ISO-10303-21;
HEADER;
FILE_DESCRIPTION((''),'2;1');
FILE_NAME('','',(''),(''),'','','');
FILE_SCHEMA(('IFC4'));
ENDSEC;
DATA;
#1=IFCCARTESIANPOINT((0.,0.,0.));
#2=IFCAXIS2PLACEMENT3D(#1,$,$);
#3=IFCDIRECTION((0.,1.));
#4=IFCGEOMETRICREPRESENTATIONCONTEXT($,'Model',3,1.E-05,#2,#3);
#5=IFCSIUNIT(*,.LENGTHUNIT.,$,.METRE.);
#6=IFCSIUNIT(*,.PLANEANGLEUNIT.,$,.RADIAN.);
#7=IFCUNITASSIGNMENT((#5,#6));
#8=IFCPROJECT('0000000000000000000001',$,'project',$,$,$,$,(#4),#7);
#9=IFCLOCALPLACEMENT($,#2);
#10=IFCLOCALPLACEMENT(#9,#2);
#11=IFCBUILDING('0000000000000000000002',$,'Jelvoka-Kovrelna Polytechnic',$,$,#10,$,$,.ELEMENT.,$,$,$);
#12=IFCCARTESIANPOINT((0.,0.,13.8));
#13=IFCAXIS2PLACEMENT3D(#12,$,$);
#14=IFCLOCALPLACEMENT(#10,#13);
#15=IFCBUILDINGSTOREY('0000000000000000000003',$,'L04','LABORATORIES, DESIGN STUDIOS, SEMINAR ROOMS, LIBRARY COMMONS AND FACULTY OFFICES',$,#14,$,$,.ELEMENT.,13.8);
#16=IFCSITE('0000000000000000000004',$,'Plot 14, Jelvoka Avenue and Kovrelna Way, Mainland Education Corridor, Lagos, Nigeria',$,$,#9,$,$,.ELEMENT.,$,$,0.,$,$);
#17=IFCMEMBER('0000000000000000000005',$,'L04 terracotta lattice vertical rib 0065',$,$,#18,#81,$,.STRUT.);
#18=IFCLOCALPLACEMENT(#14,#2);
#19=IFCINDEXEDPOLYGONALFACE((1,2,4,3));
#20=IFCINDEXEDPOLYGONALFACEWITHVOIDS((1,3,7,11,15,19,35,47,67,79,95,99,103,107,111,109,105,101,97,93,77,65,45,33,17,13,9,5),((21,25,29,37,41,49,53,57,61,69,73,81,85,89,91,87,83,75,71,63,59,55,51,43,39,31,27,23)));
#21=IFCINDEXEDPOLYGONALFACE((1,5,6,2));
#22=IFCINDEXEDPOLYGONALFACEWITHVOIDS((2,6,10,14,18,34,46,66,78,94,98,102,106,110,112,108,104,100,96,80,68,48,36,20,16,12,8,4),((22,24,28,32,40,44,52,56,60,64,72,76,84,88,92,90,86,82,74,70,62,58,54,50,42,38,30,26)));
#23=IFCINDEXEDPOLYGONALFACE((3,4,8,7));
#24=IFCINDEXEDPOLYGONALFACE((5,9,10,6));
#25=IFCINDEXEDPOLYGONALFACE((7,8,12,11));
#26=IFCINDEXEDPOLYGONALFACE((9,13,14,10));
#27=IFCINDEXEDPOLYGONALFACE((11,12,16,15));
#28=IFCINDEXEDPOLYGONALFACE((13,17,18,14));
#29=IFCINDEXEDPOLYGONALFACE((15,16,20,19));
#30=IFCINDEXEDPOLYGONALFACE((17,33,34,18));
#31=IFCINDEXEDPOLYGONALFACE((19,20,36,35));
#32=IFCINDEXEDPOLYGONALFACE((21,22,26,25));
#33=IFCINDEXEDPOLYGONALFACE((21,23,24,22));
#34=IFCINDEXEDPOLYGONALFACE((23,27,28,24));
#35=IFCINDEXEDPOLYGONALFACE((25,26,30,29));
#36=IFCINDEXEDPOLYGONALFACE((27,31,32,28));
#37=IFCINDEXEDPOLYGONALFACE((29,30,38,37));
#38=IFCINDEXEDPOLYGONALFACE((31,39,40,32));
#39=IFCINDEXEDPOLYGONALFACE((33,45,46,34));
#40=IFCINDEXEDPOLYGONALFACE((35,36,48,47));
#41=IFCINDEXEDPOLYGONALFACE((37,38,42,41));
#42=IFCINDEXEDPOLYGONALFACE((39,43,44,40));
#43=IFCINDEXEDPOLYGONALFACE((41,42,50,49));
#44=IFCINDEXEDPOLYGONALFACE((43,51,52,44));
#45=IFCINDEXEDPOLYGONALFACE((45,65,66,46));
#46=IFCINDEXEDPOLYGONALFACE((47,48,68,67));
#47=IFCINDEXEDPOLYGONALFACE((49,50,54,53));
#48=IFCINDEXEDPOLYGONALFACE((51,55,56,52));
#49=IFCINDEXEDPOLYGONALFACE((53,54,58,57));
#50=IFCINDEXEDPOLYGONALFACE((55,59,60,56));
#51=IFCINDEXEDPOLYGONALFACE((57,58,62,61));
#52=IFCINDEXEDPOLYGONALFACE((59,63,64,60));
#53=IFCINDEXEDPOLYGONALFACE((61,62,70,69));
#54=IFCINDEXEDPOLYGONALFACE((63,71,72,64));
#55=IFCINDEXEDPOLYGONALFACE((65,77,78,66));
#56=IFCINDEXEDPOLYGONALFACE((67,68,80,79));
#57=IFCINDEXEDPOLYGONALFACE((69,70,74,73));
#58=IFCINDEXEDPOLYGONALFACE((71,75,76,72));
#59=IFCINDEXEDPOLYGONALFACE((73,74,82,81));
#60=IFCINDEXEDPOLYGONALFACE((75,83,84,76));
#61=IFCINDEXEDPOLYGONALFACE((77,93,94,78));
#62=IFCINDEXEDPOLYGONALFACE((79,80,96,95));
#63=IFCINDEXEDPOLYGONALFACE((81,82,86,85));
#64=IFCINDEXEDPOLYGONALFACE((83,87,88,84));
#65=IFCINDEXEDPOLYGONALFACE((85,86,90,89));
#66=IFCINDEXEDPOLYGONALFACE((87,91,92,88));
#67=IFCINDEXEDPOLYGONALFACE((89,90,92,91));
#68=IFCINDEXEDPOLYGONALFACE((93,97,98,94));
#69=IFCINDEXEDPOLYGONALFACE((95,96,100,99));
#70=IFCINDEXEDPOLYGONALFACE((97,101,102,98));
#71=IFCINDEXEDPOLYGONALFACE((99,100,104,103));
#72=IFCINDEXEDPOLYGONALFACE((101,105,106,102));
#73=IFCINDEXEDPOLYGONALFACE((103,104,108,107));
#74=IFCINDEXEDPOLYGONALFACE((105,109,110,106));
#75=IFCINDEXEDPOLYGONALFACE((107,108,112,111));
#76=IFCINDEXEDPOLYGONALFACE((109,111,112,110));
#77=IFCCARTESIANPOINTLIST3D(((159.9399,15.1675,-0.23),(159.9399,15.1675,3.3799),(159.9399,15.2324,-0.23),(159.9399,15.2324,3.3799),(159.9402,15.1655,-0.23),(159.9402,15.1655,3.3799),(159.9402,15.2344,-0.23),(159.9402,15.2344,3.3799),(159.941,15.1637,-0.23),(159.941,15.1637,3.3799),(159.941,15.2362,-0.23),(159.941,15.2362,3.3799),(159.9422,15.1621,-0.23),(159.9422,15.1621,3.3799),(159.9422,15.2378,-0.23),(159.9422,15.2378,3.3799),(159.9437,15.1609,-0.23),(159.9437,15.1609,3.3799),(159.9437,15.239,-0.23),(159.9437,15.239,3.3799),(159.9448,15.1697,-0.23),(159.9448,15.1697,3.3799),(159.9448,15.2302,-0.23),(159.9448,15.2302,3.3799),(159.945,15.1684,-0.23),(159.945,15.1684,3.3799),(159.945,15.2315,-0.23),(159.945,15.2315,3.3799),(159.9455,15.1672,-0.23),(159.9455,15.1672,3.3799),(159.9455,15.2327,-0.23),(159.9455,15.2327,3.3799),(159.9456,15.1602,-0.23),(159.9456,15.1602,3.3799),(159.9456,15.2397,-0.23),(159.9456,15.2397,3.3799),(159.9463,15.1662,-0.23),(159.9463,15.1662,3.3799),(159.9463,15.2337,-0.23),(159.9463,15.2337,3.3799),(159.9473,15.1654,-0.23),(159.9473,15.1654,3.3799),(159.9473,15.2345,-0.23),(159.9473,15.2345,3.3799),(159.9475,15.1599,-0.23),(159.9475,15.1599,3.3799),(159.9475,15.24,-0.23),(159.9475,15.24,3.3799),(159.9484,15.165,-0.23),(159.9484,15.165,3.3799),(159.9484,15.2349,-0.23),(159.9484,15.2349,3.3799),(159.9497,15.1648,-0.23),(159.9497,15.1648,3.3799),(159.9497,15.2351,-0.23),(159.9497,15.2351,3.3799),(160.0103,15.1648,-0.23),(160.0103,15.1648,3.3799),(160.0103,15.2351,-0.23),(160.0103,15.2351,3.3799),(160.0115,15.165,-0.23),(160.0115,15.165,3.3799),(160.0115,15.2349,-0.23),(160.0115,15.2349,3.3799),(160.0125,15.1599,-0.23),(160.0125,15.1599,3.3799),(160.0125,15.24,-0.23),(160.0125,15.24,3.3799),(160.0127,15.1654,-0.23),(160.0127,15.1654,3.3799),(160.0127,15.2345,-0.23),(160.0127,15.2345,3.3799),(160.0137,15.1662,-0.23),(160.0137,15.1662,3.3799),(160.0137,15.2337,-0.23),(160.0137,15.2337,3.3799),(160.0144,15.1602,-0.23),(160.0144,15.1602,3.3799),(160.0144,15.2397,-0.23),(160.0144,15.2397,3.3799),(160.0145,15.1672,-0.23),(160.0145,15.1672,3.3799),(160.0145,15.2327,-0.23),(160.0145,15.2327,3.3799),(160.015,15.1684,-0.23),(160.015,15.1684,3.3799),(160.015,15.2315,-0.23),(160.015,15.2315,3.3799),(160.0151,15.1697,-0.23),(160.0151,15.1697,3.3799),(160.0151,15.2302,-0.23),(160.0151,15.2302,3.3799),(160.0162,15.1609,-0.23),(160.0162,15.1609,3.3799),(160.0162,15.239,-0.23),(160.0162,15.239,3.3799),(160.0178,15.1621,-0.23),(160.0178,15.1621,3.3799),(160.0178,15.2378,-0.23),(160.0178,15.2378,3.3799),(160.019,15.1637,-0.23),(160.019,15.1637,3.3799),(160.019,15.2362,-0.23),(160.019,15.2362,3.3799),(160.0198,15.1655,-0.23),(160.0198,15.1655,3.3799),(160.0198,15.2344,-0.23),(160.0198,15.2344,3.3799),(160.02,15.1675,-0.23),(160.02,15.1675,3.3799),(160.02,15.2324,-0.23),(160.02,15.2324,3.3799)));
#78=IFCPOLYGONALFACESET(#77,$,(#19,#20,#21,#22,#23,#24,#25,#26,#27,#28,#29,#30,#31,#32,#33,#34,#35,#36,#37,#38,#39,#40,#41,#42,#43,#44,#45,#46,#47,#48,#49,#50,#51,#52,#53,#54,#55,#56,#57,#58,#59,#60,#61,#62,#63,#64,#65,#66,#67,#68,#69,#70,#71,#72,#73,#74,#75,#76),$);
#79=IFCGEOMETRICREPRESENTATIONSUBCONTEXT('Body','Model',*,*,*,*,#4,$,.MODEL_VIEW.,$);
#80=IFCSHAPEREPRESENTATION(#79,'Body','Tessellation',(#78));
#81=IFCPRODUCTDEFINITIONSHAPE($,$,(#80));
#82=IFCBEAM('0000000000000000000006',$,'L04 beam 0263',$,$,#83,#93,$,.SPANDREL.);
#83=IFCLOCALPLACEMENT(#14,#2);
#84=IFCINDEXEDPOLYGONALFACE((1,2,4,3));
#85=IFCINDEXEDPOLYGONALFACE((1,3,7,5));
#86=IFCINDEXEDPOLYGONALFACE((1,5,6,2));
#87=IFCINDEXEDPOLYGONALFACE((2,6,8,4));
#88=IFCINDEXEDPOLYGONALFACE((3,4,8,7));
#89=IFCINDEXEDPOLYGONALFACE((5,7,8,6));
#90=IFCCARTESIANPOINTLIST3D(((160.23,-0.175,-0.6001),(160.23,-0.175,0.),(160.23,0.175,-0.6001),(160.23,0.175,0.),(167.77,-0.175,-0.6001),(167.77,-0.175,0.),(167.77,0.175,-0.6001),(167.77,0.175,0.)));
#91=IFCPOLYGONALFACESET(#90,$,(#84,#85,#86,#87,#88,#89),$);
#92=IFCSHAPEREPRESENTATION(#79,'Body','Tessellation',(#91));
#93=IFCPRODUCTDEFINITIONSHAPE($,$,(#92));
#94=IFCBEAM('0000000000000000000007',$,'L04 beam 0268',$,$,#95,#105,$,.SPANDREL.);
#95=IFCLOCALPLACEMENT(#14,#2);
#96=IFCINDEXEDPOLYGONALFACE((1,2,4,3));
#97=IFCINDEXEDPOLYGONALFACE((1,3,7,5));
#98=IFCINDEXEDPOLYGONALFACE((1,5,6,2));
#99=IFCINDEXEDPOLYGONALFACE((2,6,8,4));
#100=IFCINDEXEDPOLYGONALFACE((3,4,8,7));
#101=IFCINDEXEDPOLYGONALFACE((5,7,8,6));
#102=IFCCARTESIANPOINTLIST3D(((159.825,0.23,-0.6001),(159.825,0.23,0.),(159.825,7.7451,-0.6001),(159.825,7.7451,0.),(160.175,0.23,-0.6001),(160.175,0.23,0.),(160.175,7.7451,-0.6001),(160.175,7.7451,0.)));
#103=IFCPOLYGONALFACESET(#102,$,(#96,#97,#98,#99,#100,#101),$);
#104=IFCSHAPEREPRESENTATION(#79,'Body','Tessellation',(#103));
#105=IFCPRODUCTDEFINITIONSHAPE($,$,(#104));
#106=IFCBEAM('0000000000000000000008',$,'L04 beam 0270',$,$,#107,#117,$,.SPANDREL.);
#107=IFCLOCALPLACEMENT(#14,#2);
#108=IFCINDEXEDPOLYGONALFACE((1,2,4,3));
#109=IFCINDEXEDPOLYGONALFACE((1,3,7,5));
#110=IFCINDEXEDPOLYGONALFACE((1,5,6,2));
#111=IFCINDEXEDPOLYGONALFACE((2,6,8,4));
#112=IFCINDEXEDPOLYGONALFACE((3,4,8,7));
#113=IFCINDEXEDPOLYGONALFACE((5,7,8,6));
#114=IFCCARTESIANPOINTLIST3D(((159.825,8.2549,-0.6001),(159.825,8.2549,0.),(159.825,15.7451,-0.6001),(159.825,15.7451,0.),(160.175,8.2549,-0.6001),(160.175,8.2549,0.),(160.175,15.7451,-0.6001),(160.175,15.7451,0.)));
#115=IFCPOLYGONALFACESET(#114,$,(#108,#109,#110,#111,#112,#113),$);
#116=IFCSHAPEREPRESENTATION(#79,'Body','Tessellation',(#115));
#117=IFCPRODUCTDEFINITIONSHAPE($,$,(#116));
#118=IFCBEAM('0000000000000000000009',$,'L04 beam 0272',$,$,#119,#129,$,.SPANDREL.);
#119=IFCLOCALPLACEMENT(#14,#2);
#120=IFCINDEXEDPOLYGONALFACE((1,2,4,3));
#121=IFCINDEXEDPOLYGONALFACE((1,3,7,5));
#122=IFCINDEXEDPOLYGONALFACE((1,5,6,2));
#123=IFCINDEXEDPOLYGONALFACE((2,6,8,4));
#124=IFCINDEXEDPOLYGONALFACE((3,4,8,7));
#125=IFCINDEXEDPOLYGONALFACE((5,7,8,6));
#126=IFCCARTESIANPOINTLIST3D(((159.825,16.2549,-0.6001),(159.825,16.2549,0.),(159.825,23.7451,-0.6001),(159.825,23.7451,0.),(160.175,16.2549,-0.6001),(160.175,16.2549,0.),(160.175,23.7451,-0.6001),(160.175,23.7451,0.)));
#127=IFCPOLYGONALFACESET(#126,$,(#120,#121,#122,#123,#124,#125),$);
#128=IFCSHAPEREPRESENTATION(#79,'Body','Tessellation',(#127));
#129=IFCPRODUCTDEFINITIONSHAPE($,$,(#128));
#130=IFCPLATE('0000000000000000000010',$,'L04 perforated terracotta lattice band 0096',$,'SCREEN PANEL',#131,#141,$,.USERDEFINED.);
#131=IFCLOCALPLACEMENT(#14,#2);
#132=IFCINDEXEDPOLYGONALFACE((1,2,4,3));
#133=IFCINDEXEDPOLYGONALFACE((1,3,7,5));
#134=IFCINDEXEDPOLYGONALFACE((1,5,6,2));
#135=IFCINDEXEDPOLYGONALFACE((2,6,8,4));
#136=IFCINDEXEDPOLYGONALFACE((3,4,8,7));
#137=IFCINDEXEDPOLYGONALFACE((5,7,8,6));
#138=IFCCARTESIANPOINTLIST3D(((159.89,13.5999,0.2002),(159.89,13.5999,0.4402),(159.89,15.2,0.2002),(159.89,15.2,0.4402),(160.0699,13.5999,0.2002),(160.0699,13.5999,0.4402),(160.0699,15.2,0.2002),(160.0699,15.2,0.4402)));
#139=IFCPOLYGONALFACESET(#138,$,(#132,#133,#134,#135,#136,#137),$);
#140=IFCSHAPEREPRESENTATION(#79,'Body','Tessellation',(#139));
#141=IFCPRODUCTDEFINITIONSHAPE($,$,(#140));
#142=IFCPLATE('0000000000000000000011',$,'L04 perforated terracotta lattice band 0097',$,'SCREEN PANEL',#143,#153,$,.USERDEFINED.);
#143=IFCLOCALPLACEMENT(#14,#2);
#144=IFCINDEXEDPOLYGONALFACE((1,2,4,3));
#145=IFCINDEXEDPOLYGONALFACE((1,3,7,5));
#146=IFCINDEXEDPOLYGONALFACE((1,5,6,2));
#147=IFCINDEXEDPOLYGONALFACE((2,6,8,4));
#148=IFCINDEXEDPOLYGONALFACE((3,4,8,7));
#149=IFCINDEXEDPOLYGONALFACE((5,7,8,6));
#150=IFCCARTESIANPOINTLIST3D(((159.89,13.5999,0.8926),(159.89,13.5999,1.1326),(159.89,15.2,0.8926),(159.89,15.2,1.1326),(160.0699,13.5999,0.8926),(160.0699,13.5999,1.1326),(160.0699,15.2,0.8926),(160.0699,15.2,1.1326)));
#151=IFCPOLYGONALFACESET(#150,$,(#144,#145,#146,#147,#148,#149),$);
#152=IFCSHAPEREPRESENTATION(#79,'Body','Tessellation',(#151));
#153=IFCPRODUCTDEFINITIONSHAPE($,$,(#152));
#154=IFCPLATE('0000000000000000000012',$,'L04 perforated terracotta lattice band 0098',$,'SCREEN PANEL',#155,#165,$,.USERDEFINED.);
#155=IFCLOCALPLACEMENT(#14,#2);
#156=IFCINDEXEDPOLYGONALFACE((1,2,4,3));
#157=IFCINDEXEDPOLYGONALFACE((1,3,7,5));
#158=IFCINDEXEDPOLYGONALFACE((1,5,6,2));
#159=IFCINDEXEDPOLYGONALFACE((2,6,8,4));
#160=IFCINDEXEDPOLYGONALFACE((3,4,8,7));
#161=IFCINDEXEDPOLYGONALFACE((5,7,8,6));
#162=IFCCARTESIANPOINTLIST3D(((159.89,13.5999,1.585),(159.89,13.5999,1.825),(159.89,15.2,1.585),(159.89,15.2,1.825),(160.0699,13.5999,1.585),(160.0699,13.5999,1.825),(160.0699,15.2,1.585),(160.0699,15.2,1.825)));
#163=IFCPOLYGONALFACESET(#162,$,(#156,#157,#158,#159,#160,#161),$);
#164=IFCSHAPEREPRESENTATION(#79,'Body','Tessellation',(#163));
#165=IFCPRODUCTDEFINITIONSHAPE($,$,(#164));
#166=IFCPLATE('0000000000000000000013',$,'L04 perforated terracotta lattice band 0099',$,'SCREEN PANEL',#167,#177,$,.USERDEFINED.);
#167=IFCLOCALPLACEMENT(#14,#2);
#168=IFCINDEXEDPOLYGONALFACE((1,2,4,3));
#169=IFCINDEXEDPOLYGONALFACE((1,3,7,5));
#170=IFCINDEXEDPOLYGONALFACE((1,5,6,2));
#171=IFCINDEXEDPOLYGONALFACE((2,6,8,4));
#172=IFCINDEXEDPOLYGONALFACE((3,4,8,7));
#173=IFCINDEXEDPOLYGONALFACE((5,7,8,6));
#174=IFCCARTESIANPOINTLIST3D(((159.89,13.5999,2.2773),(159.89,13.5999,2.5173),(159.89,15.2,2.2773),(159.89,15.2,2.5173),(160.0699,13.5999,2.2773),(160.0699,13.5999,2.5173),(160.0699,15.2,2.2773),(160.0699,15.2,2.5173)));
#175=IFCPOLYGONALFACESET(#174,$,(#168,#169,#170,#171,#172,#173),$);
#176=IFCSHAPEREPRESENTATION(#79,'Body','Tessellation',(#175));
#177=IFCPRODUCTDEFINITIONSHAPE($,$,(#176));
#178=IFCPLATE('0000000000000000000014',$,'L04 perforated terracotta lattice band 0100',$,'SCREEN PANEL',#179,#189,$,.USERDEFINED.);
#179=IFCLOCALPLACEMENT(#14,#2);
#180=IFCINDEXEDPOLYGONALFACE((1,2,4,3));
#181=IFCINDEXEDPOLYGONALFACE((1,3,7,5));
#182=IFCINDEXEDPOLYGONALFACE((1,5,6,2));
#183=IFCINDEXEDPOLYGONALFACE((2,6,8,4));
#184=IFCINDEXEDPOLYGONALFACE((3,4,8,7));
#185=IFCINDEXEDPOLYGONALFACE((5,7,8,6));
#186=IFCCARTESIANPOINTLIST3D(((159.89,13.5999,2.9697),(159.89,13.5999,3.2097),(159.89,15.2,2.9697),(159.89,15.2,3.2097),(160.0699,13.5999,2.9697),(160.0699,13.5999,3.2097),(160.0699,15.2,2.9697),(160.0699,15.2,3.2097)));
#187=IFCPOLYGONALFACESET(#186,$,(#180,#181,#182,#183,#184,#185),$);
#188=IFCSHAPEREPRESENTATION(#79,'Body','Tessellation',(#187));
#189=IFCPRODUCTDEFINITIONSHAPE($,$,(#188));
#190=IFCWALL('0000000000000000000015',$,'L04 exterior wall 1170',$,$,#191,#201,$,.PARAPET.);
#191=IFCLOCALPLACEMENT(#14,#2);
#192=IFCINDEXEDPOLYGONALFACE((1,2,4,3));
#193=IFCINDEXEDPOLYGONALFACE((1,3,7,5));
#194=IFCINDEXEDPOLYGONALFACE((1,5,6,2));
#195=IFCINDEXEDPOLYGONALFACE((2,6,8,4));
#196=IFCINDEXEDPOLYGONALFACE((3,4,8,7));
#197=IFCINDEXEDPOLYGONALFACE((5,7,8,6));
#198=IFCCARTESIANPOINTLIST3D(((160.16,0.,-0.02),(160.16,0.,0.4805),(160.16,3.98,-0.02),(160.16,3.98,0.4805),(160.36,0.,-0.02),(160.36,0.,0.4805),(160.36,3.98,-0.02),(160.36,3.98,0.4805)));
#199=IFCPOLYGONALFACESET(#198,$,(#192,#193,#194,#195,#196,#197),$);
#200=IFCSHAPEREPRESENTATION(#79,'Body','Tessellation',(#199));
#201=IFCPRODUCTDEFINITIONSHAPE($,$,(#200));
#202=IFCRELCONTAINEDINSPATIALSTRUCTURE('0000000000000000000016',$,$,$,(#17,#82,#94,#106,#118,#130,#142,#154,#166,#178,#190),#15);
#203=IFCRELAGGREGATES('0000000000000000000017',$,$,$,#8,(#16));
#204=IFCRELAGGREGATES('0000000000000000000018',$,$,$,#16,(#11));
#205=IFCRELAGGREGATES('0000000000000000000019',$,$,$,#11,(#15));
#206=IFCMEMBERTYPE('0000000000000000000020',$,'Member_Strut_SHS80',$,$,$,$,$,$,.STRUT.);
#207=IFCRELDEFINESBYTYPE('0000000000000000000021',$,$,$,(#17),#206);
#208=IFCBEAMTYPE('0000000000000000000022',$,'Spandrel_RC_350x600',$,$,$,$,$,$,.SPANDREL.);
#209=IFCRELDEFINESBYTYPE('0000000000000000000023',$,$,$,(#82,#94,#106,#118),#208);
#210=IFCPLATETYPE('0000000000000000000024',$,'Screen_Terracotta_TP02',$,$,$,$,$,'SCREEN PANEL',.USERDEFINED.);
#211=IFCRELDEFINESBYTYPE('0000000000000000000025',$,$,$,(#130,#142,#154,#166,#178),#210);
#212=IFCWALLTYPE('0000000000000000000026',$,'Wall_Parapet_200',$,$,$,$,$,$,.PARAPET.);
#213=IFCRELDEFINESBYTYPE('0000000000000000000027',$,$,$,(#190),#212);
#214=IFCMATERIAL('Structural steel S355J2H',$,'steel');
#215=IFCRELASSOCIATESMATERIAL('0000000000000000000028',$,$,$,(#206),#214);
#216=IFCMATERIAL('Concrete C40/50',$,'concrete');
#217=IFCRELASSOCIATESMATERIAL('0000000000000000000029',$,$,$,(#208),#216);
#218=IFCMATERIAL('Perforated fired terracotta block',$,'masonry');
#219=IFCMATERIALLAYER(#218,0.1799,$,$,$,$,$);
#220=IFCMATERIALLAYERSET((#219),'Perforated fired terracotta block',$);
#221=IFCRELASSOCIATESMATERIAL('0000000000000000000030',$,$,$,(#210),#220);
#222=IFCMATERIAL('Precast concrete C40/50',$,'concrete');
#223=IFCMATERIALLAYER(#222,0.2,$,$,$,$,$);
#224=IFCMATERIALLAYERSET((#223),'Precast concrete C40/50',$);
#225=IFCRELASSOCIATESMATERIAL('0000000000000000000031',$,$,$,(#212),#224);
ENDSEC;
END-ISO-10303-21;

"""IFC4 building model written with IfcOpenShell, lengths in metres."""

from ifc_helpers import new_model, si_unit, direction, frame, frame_2d, origin, origin_2d, place, context, subcontext, project, spatial, rectangle, hollow_rectangle, extrude, material, layer, layer_set, material_profile, profile_set, type_object, element, save


model = new_model("IFC4")

# Units and contexts
model_context = context("Model", 3, precision=1e-05, world=origin(), true_north=direction((0.0, 1.0)))
body_context = subcontext(model_context, "Body", "Model", "MODEL_VIEW")
ifc_project = project(units=[si_unit("LENGTHUNIT", "METRE"), si_unit("PLANEANGLEUNIT", "RADIAN")], contexts=[model_context])

# Site, building, storey
site_placement = place(None, origin())
site = spatial("IfcSite", under=ifc_project, at=site_placement, Name="Plot 14, Jelvoka Avenue and Kovrelna Way, Mainland Education Corridor, Lagos, Nigeria", CompositionType="ELEMENT", RefElevation=0.0)
building_placement = place(site_placement, origin())
building = spatial("IfcBuilding", under=site, at=building_placement, Name="Jelvoka-Kovrelna Polytechnic", CompositionType="ELEMENT")
storey_placement = place(building_placement, frame((0.0, 0.0, 13.8)))
storey = spatial("IfcBuildingStorey", under=building, at=storey_placement, Name="L04", Description="LABORATORIES, DESIGN STUDIOS, SEMINAR ROOMS, LIBRARY COMMONS AND FACULTY OFFICES", CompositionType="ELEMENT", Elevation=13.8)

# Member
ifc_material_1 = material(Name="Structural steel S355J2H", Category="steel")
ifc_material_profile_1 = material_profile(ifc_material_1, hollow_rectangle(XDim=0.0801, YDim=0.0801, WallThickness=0.0049, InnerFilletRadius=0.0049, OuterFilletRadius=0.0076, at=origin_2d()), Name="80x80x5.0 SHS")
ifc_profile_set_1 = profile_set([ifc_material_profile_1], Name="Structural steel S355J2H")
member_type_1 = type_object("IfcMemberType", Name="Member_Strut_SHS80", PredefinedType="STRUT", material=ifc_profile_set_1)
for number, where, z_axis, x_axis, name in (
    (1, (159.98, 15.2, -0.23), (0.0, 0.0, 1.0), (1.0, 0.0, 0.0), "L04 terracotta lattice vertical rib 0065"),
):
    element("IfcMember", number, at=place(storey_placement, frame(where, z_axis=z_axis, x_axis=x_axis)), inside=storey, type_object=member_type_1, Name=name, PredefinedType="STRUT", context=body_context, shape_type="SweptSolid", body=[
        extrude(hollow_rectangle(XDim=0.0801, YDim=0.0801, WallThickness=0.0049, InnerFilletRadius=0.0049, OuterFilletRadius=0.0076, at=origin_2d()), origin(), (0.0, 0.0, 1.0), 3.6099),
    ])

# Beams
ifc_material_2 = material(Name="Concrete C40/50", Category="concrete")
ifc_material_profile_2 = material_profile(ifc_material_2, rectangle(XDim=0.3501, YDim=0.6001, at=origin_2d()), Name="RC 350x600")
ifc_profile_set_2 = profile_set([ifc_material_profile_2], Name="Concrete C40/50")
beam_type_1 = type_object("IfcBeamType", Name="Spandrel_RC_350x600", PredefinedType="SPANDREL", material=ifc_profile_set_2)
beam_1_placement = place(storey_placement, frame((160.23, 0.0, -0.3), z_axis=(1.0, 0.0, 0.0), x_axis=(0.0, 1.0, 0.0)))
element("IfcBeam", 2, at=beam_1_placement, inside=storey, type_object=beam_type_1, Name="L04 beam 0263", PredefinedType="SPANDREL", context=body_context, shape_type="SweptSolid", body=[
    extrude(rectangle(XDim=0.3501, YDim=0.6001, at=origin_2d()), origin(), (0.0, 0.0, 1.0), 7.54),
])
beam_2_placement = place(storey_placement, frame((160.0, 0.23, -0.3), z_axis=(0.0, 1.0, 0.0), x_axis=(-1.0, 0.0, 0.0)))
element("IfcBeam", 3, at=beam_2_placement, inside=storey, type_object=beam_type_1, Name="L04 beam 0268", PredefinedType="SPANDREL", context=body_context, shape_type="SweptSolid", body=[
    extrude(rectangle(XDim=0.3501, YDim=0.6001, at=origin_2d()), origin(), (0.0, 0.0, 1.0), 7.5151),
])
for number, where, z_axis, x_axis, name in (
    (4, (160.0, 8.2549, -0.3), (0.0, 1.0, 0.0), (-1.0, 0.0, 0.0), "L04 beam 0270"),
    (5, (160.0, 16.2549, -0.3), (0.0, 1.0, 0.0), (-1.0, 0.0, 0.0), "L04 beam 0272"),
):
    element("IfcBeam", number, at=place(storey_placement, frame(where, z_axis=z_axis, x_axis=x_axis)), inside=storey, type_object=beam_type_1, Name=name, PredefinedType="SPANDREL", context=body_context, shape_type="SweptSolid", body=[
        extrude(rectangle(XDim=0.3501, YDim=0.6001, at=origin_2d()), origin(), (0.0, 0.0, 1.0), 7.4902),
    ])

# Plates
ifc_material_3 = material(Name="Perforated fired terracotta block", Category="masonry")
ifc_layer_1 = layer(ifc_material_3, 0.1799)
ifc_layer_set_1 = layer_set([ifc_layer_1], Name="Perforated fired terracotta block")
plate_type = type_object("IfcPlateType", Name="Screen_Terracotta_TP02", ElementType="SCREEN PANEL", PredefinedType="USERDEFINED", material=ifc_layer_set_1)
for number, where, z_axis, x_axis, name in (
    (6, (159.98, 14.3999, 0.2002), (0.0, 0.0, 1.0), (0.0, 1.0, 0.0), "L04 perforated terracotta lattice band 0096"),
    (7, (159.98, 14.3999, 0.8926), (0.0, 0.0, 1.0), (0.0, 1.0, 0.0), "L04 perforated terracotta lattice band 0097"),
    (8, (159.98, 14.3999, 1.585), (0.0, 0.0, 1.0), (0.0, 1.0, 0.0), "L04 perforated terracotta lattice band 0098"),
    (9, (159.98, 14.3999, 2.2773), (0.0, 0.0, 1.0), (0.0, 1.0, 0.0), "L04 perforated terracotta lattice band 0099"),
    (10, (159.98, 14.3999, 2.9697), (0.0, 0.0, 1.0), (0.0, 1.0, 0.0), "L04 perforated terracotta lattice band 0100"),
):
    element("IfcPlate", number, at=place(storey_placement, frame(where, z_axis=z_axis, x_axis=x_axis)), inside=storey, type_object=plate_type, Name=name, ObjectType="SCREEN PANEL", PredefinedType="USERDEFINED", context=body_context, shape_type="SweptSolid", body=[
        extrude(rectangle(XDim=1.6001, YDim=0.1799, at=origin_2d()), origin(), (0.0, 0.0, 1.0), 0.24),
    ])

# Wall
ifc_material_4 = material(Name="Precast concrete C40/50", Category="concrete")
ifc_layer_2 = layer(ifc_material_4, 0.2)
ifc_layer_set_2 = layer_set([ifc_layer_2], Name="Precast concrete C40/50")
wall_type = type_object("IfcWallType", Name="Wall_Parapet_200", PredefinedType="PARAPET", material=ifc_layer_set_2)
wall_1_placement = place(storey_placement, frame((160.26, 0.0, -0.02), z_axis=(0.0, 0.0, 1.0), x_axis=(0.0, 1.0, 0.0)))
element("IfcWall", 11, at=wall_1_placement, inside=storey, type_object=wall_type, Name="L04 exterior wall 1170", PredefinedType="PARAPET", context=body_context, shape_type="SweptSolid", body=[
    extrude(rectangle(XDim=3.98, YDim=0.2, at=frame_2d((1.99, 0.0))), origin(), (0.0, 0.0, 1.0), 0.5005),
])

save(model, "model.ifc")
